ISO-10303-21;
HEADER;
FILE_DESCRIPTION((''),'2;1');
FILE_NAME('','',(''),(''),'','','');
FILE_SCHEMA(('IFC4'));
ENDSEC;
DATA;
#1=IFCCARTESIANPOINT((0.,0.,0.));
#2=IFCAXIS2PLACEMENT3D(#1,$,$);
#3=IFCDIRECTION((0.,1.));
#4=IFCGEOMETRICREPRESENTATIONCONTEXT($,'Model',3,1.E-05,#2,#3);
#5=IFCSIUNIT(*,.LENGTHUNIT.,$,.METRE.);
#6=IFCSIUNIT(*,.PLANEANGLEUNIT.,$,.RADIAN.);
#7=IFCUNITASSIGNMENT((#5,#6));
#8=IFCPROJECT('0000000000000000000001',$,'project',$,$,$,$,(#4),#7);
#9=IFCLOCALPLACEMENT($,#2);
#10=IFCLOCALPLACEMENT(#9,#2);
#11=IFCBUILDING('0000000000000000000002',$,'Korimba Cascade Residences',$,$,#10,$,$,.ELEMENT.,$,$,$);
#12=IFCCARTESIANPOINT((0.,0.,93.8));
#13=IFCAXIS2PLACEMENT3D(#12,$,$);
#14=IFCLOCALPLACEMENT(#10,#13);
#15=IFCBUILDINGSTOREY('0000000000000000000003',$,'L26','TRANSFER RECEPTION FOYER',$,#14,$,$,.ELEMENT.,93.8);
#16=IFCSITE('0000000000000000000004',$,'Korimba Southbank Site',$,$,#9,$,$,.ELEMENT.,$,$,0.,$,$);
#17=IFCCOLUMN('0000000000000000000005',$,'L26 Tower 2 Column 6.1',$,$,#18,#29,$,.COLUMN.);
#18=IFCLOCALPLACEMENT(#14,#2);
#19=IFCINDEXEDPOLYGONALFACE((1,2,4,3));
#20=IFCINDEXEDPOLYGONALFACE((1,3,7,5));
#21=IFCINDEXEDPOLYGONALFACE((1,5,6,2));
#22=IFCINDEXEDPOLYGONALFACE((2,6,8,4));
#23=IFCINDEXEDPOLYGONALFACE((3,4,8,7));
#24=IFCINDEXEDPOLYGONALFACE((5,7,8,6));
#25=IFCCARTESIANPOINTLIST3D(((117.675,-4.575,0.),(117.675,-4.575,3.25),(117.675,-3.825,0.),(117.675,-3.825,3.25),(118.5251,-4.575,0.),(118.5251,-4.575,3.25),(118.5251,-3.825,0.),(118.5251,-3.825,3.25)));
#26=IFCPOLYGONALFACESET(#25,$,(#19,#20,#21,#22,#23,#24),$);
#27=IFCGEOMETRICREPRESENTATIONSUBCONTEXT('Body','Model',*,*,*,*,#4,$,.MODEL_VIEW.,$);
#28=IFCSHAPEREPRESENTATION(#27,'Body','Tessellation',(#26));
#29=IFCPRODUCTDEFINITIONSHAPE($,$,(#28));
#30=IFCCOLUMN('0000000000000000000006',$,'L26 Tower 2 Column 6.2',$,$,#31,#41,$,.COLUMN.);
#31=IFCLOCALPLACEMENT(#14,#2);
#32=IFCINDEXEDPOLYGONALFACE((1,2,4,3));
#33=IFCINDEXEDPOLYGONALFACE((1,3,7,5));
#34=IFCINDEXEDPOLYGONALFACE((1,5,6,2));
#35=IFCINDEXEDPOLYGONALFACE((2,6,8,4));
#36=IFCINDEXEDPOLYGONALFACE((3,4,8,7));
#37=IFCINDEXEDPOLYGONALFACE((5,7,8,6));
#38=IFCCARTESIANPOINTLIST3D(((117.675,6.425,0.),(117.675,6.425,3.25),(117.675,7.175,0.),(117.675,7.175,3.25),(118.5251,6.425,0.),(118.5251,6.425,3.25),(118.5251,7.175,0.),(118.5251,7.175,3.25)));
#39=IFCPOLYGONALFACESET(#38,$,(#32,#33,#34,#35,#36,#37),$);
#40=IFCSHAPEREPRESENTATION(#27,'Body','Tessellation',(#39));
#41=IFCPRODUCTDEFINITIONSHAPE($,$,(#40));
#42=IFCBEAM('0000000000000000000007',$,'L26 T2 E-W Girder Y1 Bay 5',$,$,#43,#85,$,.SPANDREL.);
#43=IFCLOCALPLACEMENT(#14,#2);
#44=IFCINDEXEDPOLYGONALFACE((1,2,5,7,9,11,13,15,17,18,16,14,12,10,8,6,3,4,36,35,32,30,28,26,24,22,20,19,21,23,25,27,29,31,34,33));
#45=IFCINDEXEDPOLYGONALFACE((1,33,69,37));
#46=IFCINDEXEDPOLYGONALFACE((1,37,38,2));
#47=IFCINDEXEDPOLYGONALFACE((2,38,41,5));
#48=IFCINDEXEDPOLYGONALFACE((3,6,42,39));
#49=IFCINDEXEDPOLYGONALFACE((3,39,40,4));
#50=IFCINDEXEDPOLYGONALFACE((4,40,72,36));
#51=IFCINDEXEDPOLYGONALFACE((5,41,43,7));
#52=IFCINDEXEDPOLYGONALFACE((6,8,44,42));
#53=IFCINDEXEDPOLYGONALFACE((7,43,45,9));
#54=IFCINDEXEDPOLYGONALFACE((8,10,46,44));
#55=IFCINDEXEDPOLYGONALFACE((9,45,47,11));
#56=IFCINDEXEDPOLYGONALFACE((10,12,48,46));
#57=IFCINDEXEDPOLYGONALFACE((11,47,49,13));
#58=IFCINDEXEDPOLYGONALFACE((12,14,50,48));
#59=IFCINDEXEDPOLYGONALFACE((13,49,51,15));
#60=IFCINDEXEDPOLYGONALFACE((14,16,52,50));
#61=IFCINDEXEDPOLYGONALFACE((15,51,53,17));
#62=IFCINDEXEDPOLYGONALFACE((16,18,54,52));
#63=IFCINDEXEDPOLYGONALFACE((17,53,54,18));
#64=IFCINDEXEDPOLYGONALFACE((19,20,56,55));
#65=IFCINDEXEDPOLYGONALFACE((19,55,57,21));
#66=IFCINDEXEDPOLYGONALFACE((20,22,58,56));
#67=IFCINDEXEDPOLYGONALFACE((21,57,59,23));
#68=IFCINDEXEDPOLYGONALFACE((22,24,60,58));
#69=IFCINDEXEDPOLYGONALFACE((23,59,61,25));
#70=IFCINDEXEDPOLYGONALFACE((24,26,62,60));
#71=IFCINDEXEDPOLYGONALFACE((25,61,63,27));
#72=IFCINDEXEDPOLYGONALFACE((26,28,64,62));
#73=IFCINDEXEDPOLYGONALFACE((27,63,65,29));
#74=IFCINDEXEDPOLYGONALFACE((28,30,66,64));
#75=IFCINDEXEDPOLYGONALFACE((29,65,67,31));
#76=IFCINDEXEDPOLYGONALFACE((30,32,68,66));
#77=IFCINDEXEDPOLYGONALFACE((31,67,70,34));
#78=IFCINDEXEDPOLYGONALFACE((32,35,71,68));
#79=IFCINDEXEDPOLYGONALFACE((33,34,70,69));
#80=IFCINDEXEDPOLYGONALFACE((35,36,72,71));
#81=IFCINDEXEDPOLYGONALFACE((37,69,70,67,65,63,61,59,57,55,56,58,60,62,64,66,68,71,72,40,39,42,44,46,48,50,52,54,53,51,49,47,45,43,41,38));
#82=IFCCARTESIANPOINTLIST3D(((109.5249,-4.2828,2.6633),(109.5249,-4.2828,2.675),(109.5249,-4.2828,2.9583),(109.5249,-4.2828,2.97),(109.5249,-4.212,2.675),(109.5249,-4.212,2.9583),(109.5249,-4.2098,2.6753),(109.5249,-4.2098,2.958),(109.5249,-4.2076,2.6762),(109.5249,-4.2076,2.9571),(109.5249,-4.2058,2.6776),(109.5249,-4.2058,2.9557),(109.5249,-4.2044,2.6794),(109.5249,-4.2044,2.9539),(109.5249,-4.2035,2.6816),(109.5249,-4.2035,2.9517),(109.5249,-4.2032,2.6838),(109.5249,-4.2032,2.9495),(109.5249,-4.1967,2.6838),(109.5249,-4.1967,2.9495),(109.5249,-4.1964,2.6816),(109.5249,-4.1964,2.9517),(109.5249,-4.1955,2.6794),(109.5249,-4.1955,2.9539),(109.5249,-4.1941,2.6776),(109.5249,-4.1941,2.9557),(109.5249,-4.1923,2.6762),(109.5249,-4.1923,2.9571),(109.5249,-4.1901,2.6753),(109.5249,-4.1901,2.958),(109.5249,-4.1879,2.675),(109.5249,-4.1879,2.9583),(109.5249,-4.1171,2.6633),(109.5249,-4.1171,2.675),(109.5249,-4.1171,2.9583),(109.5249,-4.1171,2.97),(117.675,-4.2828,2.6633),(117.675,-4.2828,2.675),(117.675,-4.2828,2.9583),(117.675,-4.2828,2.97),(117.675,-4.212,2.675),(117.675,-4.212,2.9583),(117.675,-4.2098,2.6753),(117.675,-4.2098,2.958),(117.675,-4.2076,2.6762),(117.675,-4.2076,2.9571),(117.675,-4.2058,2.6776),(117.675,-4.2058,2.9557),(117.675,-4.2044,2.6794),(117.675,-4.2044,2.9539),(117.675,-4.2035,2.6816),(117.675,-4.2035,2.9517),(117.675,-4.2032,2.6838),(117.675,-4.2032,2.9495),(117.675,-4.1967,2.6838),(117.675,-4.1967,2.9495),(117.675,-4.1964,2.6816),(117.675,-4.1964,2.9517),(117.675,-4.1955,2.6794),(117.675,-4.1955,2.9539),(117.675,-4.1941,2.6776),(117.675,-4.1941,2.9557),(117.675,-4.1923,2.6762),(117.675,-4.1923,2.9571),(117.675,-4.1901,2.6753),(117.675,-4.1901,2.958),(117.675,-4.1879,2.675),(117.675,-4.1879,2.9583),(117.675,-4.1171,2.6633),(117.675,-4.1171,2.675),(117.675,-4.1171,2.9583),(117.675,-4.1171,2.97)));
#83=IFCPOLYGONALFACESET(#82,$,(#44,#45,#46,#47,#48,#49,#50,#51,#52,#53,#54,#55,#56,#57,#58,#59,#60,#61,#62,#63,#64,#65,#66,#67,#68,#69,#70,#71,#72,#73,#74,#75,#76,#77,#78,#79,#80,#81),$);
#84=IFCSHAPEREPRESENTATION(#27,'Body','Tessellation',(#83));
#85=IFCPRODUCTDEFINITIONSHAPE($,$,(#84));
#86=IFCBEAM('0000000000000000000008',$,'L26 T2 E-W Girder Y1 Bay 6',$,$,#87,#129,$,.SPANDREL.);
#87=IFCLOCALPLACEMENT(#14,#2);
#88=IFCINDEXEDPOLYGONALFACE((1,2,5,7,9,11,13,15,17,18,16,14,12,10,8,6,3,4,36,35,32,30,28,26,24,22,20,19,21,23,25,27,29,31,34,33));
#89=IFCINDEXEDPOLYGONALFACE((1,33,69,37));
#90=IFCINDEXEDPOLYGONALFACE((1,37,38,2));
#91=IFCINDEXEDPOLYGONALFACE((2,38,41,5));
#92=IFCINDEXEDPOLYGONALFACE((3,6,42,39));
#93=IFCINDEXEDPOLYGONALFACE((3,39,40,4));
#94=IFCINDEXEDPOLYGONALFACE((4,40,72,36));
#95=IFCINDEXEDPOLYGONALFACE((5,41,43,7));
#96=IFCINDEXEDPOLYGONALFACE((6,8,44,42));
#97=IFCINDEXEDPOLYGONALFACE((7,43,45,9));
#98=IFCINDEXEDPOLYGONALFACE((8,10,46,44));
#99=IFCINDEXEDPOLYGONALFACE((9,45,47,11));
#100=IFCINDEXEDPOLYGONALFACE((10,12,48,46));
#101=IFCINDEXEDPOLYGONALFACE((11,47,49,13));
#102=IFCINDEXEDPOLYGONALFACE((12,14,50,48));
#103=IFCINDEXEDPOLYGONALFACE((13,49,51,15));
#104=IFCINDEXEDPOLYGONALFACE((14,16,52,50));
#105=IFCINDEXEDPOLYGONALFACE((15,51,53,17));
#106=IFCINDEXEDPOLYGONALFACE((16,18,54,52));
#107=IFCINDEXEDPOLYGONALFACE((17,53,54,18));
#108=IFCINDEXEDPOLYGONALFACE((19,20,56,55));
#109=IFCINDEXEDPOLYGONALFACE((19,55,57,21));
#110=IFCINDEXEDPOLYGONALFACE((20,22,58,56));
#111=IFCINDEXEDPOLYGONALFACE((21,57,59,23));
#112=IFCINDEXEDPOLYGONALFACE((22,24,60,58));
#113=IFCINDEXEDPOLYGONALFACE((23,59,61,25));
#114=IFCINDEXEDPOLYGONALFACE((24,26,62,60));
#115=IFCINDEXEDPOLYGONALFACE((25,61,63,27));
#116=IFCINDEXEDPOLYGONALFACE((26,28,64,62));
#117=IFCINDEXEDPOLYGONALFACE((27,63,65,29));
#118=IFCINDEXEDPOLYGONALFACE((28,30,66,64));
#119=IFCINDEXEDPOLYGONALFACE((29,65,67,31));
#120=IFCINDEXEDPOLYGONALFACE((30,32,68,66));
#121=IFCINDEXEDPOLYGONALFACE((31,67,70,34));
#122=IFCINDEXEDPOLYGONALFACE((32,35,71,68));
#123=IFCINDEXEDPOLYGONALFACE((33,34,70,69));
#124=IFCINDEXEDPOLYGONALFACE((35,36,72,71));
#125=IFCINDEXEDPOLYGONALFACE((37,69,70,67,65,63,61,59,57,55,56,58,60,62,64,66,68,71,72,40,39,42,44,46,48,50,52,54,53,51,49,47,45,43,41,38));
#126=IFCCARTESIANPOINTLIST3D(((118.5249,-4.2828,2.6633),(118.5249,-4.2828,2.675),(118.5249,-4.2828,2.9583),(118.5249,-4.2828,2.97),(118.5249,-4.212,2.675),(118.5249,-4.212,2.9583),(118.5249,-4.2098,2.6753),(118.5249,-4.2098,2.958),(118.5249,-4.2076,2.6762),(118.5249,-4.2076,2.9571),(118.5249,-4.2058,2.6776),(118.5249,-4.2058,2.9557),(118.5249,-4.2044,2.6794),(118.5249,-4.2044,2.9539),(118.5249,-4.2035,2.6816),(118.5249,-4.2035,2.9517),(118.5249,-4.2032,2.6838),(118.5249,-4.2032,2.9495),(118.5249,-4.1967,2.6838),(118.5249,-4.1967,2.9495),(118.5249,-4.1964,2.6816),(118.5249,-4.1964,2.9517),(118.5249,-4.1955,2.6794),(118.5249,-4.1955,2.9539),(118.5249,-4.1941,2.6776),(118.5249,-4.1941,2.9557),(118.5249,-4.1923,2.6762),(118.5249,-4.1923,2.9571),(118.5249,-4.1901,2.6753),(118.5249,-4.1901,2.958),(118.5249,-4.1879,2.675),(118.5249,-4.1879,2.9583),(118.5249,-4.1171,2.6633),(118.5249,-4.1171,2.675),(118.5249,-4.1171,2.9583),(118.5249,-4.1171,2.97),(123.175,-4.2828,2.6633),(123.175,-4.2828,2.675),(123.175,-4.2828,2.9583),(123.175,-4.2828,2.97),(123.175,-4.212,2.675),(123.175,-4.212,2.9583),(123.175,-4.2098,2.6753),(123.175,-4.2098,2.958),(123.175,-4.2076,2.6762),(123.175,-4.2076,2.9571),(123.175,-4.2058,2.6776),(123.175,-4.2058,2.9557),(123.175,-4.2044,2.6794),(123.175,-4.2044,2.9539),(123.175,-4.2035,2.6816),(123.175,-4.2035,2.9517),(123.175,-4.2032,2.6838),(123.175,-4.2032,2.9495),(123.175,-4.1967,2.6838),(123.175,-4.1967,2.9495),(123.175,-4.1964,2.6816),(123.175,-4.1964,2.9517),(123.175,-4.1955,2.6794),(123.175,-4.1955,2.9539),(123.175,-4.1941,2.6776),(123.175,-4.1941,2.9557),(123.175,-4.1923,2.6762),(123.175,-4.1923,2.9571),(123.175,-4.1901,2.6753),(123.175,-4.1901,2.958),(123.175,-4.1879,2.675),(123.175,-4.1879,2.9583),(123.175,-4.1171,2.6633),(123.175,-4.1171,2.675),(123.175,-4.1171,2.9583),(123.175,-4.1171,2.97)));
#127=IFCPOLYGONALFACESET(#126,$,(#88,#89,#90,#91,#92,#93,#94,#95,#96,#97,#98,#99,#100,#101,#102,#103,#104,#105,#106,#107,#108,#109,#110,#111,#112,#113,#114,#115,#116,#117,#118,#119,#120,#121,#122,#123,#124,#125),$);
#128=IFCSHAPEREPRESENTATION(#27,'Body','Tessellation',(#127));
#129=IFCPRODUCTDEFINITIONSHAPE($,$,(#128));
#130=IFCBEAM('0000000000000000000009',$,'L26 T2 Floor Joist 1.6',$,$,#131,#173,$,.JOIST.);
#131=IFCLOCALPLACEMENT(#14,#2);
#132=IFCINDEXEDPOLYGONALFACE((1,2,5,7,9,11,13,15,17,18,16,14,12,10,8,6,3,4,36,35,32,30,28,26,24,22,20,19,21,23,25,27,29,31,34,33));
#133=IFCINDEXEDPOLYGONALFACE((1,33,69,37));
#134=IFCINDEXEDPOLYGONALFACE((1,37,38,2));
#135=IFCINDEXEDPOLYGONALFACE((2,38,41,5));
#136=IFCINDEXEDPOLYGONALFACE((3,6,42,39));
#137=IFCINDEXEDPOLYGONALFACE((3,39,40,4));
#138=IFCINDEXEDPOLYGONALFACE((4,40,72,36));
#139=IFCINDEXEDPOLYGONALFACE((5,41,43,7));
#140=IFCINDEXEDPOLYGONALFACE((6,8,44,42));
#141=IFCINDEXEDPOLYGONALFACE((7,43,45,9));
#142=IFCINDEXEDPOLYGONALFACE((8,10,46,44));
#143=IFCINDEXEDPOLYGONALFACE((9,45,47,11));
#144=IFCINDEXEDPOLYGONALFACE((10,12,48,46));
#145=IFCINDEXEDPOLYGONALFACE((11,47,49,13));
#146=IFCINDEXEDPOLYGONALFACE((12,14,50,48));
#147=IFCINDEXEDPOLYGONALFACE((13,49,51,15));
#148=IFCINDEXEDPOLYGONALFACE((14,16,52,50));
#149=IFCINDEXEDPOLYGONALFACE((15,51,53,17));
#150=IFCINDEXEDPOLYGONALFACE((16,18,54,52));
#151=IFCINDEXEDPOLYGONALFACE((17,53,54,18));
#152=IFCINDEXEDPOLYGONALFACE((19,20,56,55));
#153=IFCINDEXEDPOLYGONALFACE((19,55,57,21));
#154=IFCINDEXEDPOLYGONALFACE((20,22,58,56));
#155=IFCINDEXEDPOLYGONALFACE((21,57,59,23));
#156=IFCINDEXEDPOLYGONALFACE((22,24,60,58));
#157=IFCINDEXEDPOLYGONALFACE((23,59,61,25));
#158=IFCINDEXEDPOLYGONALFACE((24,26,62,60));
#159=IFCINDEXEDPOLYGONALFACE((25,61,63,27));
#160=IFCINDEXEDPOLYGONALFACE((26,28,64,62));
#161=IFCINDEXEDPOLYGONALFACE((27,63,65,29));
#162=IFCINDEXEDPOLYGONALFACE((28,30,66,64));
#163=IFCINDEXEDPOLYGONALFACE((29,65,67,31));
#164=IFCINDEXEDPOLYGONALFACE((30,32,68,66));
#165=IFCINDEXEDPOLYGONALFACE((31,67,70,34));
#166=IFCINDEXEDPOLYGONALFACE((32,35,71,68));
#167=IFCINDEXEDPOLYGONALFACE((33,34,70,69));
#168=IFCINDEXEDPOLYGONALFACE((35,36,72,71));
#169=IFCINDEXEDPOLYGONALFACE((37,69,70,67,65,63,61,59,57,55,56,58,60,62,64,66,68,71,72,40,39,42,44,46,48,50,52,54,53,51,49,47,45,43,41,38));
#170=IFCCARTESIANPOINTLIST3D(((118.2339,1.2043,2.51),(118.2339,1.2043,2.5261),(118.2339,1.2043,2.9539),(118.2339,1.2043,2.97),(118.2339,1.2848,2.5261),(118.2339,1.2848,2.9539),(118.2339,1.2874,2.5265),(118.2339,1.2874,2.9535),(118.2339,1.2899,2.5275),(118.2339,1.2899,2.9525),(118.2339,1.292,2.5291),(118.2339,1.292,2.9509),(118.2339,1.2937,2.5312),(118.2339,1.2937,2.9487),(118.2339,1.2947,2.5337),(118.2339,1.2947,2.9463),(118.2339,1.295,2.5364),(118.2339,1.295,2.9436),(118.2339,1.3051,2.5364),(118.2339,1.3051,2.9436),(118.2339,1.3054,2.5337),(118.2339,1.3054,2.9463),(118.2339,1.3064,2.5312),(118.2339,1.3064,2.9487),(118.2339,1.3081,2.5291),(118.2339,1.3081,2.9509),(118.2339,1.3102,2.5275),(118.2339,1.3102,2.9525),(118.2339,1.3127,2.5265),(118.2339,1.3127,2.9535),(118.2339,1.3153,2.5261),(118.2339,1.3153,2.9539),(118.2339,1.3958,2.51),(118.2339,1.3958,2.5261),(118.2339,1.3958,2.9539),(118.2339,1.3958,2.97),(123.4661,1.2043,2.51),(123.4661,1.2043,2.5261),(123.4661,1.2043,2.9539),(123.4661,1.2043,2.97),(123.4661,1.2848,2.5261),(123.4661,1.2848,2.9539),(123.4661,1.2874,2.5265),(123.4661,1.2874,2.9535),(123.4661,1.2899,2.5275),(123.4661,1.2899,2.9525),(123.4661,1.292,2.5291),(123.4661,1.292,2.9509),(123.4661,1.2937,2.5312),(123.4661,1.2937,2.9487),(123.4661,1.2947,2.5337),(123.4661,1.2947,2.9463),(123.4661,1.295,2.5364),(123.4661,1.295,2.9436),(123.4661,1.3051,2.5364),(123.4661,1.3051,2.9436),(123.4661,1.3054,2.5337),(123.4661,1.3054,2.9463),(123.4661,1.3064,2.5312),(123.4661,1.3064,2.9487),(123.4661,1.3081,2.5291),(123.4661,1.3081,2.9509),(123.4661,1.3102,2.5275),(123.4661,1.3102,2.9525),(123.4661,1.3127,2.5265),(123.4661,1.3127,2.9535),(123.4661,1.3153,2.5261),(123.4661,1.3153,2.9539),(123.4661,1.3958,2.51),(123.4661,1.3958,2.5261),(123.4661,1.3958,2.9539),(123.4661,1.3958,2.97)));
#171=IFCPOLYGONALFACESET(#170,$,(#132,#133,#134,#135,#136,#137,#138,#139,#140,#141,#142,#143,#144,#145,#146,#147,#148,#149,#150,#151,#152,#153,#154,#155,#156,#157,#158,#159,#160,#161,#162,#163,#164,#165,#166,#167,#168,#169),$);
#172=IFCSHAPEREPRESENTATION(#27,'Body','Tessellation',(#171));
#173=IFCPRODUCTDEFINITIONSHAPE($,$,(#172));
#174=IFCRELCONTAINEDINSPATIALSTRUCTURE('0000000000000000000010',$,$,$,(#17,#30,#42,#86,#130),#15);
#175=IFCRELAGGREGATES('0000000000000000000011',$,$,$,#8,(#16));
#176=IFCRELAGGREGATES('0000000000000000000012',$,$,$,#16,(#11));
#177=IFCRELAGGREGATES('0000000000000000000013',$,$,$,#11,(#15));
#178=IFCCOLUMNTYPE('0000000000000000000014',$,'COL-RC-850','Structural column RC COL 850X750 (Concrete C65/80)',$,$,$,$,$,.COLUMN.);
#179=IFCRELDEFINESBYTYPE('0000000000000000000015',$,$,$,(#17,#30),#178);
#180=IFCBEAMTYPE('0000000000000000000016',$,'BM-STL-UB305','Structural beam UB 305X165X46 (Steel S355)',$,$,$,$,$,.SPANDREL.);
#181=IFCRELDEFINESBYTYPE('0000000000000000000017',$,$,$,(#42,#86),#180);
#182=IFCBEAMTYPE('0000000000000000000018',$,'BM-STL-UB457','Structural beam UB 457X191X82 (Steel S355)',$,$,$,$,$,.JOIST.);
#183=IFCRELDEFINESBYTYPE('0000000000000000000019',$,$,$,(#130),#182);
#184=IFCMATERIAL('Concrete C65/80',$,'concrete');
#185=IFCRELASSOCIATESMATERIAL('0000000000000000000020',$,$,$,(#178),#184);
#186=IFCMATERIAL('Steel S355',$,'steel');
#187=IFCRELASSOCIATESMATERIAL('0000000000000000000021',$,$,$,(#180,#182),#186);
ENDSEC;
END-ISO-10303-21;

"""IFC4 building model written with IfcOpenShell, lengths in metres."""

from ifc_helpers import new_model, si_unit, direction, frame, origin, origin_2d, place, context, subcontext, project, spatial, rectangle, i_section, extrude, material, material_profile, profile_set, type_object, element, save


model = new_model("IFC4")

# Units and contexts
model_context = context("Model", 3, precision=1e-05, world=origin(), true_north=direction((0.0, 1.0)))
body_context = subcontext(model_context, "Body", "Model", "MODEL_VIEW")
ifc_project = project(units=[si_unit("LENGTHUNIT", "METRE"), si_unit("PLANEANGLEUNIT", "RADIAN")], contexts=[model_context])

# Site, building, storey
site_placement = place(None, origin())
site = spatial("IfcSite", under=ifc_project, at=site_placement, Name="Korimba Southbank Site", CompositionType="ELEMENT", RefElevation=0.0)
building_placement = place(site_placement, origin())
building = spatial("IfcBuilding", under=site, at=building_placement, Name="Korimba Cascade Residences", CompositionType="ELEMENT")
storey_placement = place(building_placement, frame((0.0, 0.0, 93.8)))
storey = spatial("IfcBuildingStorey", under=building, at=storey_placement, Name="L26", Description="TRANSFER RECEPTION FOYER", CompositionType="ELEMENT", Elevation=93.8)

# Columns
ifc_material_1 = material(Name="Concrete C65/80", Category="concrete")
ifc_material_profile_1 = material_profile(ifc_material_1, rectangle(XDim=0.8501, YDim=0.75, at=origin_2d()), Name="Concrete C65/80")
ifc_profile_set_1 = profile_set([ifc_material_profile_1], Name="Concrete C65/80")
column_type = type_object("IfcColumnType", Name="COL-RC-850", Description="Structural column RC COL 850X750 (Concrete C65/80)", PredefinedType="COLUMN", material=ifc_profile_set_1)
for number, where, z_axis, x_axis, name in (
    (1, (118.1001, -4.2, 0.0), (0.0, 0.0, 1.0), (1.0, 0.0, 0.0), "L26 Tower 2 Column 6.1"),
    (2, (118.1001, 6.8, 0.0), (0.0, 0.0, 1.0), (1.0, 0.0, 0.0), "L26 Tower 2 Column 6.2"),
):
    element("IfcColumn", number, at=place(storey_placement, frame(where, z_axis=z_axis, x_axis=x_axis)), inside=storey, type_object=column_type, Name=name, PredefinedType="COLUMN", context=body_context, shape_type="SweptSolid", body=[
        extrude(rectangle(XDim=0.8501, YDim=0.75, at=origin_2d()), origin(), (0.0, 0.0, 1.0), 3.25),
    ])

# Beams
ifc_material_2 = material(Name="Steel S355", Category="steel")
ifc_material_profile_2 = material_profile(ifc_material_2, i_section(OverallWidth=0.1658, OverallDepth=0.3066, WebThickness=0.0066, FlangeThickness=0.0117, FilletRadius=0.0088, at=origin_2d()), Name="Steel S355")
ifc_profile_set_2 = profile_set([ifc_material_profile_2], Name="Steel S355")
beam_type_1 = type_object("IfcBeamType", Name="BM-STL-UB305", Description="Structural beam UB 305X165X46 (Steel S355)", PredefinedType="SPANDREL", material=ifc_profile_set_2)
beam_1_placement = place(storey_placement, frame((109.5249, -4.2, 2.8167), z_axis=(1.0, 0.0, 0.0), x_axis=(0.0, 1.0, 0.0)))
element("IfcBeam", 3, at=beam_1_placement, inside=storey, type_object=beam_type_1, Name="L26 T2 E-W Girder Y1 Bay 5", PredefinedType="SPANDREL", context=body_context, shape_type="SweptSolid", body=[
    extrude(i_section(OverallWidth=0.1658, OverallDepth=0.3066, WebThickness=0.0066, FlangeThickness=0.0117, FilletRadius=0.0088, at=origin_2d()), origin(), (0.0, 0.0, 1.0), 8.1501),
])
beam_2_placement = place(storey_placement, frame((118.5249, -4.2, 2.8167), z_axis=(1.0, 0.0, 0.0), x_axis=(0.0, 1.0, 0.0)))
element("IfcBeam", 4, at=beam_2_placement, inside=storey, type_object=beam_type_1, Name="L26 T2 E-W Girder Y1 Bay 6", PredefinedType="SPANDREL", context=body_context, shape_type="SweptSolid", body=[
    extrude(i_section(OverallWidth=0.1658, OverallDepth=0.3066, WebThickness=0.0066, FlangeThickness=0.0117, FilletRadius=0.0088, at=origin_2d()), origin(), (0.0, 0.0, 1.0), 4.6501),
])
ifc_material_profile_3 = material_profile(ifc_material_2, i_section(OverallWidth=0.1914, OverallDepth=0.46, WebThickness=0.01, FlangeThickness=0.0161, FilletRadius=0.0103, at=origin_2d()), Name="Steel S355")
ifc_profile_set_3 = profile_set([ifc_material_profile_3], Name="Steel S355")
beam_type_2 = type_object("IfcBeamType", Name="BM-STL-UB457", Description="Structural beam UB 457X191X82 (Steel S355)", PredefinedType="JOIST", material=ifc_profile_set_3)
beam_3_placement = place(storey_placement, frame((118.2339, 1.3, 2.74), z_axis=(1.0, 0.0, 0.0), x_axis=(0.0, 1.0, 0.0)))
element("IfcBeam", 5, at=beam_3_placement, inside=storey, type_object=beam_type_2, Name="L26 T2 Floor Joist 1.6", PredefinedType="JOIST", context=body_context, shape_type="SweptSolid", body=[
    extrude(i_section(OverallWidth=0.1914, OverallDepth=0.46, WebThickness=0.01, FlangeThickness=0.0161, FilletRadius=0.0103, at=origin_2d()), origin(), (0.0, 0.0, 1.0), 5.2322),
])

save(model, "model.ifc")
